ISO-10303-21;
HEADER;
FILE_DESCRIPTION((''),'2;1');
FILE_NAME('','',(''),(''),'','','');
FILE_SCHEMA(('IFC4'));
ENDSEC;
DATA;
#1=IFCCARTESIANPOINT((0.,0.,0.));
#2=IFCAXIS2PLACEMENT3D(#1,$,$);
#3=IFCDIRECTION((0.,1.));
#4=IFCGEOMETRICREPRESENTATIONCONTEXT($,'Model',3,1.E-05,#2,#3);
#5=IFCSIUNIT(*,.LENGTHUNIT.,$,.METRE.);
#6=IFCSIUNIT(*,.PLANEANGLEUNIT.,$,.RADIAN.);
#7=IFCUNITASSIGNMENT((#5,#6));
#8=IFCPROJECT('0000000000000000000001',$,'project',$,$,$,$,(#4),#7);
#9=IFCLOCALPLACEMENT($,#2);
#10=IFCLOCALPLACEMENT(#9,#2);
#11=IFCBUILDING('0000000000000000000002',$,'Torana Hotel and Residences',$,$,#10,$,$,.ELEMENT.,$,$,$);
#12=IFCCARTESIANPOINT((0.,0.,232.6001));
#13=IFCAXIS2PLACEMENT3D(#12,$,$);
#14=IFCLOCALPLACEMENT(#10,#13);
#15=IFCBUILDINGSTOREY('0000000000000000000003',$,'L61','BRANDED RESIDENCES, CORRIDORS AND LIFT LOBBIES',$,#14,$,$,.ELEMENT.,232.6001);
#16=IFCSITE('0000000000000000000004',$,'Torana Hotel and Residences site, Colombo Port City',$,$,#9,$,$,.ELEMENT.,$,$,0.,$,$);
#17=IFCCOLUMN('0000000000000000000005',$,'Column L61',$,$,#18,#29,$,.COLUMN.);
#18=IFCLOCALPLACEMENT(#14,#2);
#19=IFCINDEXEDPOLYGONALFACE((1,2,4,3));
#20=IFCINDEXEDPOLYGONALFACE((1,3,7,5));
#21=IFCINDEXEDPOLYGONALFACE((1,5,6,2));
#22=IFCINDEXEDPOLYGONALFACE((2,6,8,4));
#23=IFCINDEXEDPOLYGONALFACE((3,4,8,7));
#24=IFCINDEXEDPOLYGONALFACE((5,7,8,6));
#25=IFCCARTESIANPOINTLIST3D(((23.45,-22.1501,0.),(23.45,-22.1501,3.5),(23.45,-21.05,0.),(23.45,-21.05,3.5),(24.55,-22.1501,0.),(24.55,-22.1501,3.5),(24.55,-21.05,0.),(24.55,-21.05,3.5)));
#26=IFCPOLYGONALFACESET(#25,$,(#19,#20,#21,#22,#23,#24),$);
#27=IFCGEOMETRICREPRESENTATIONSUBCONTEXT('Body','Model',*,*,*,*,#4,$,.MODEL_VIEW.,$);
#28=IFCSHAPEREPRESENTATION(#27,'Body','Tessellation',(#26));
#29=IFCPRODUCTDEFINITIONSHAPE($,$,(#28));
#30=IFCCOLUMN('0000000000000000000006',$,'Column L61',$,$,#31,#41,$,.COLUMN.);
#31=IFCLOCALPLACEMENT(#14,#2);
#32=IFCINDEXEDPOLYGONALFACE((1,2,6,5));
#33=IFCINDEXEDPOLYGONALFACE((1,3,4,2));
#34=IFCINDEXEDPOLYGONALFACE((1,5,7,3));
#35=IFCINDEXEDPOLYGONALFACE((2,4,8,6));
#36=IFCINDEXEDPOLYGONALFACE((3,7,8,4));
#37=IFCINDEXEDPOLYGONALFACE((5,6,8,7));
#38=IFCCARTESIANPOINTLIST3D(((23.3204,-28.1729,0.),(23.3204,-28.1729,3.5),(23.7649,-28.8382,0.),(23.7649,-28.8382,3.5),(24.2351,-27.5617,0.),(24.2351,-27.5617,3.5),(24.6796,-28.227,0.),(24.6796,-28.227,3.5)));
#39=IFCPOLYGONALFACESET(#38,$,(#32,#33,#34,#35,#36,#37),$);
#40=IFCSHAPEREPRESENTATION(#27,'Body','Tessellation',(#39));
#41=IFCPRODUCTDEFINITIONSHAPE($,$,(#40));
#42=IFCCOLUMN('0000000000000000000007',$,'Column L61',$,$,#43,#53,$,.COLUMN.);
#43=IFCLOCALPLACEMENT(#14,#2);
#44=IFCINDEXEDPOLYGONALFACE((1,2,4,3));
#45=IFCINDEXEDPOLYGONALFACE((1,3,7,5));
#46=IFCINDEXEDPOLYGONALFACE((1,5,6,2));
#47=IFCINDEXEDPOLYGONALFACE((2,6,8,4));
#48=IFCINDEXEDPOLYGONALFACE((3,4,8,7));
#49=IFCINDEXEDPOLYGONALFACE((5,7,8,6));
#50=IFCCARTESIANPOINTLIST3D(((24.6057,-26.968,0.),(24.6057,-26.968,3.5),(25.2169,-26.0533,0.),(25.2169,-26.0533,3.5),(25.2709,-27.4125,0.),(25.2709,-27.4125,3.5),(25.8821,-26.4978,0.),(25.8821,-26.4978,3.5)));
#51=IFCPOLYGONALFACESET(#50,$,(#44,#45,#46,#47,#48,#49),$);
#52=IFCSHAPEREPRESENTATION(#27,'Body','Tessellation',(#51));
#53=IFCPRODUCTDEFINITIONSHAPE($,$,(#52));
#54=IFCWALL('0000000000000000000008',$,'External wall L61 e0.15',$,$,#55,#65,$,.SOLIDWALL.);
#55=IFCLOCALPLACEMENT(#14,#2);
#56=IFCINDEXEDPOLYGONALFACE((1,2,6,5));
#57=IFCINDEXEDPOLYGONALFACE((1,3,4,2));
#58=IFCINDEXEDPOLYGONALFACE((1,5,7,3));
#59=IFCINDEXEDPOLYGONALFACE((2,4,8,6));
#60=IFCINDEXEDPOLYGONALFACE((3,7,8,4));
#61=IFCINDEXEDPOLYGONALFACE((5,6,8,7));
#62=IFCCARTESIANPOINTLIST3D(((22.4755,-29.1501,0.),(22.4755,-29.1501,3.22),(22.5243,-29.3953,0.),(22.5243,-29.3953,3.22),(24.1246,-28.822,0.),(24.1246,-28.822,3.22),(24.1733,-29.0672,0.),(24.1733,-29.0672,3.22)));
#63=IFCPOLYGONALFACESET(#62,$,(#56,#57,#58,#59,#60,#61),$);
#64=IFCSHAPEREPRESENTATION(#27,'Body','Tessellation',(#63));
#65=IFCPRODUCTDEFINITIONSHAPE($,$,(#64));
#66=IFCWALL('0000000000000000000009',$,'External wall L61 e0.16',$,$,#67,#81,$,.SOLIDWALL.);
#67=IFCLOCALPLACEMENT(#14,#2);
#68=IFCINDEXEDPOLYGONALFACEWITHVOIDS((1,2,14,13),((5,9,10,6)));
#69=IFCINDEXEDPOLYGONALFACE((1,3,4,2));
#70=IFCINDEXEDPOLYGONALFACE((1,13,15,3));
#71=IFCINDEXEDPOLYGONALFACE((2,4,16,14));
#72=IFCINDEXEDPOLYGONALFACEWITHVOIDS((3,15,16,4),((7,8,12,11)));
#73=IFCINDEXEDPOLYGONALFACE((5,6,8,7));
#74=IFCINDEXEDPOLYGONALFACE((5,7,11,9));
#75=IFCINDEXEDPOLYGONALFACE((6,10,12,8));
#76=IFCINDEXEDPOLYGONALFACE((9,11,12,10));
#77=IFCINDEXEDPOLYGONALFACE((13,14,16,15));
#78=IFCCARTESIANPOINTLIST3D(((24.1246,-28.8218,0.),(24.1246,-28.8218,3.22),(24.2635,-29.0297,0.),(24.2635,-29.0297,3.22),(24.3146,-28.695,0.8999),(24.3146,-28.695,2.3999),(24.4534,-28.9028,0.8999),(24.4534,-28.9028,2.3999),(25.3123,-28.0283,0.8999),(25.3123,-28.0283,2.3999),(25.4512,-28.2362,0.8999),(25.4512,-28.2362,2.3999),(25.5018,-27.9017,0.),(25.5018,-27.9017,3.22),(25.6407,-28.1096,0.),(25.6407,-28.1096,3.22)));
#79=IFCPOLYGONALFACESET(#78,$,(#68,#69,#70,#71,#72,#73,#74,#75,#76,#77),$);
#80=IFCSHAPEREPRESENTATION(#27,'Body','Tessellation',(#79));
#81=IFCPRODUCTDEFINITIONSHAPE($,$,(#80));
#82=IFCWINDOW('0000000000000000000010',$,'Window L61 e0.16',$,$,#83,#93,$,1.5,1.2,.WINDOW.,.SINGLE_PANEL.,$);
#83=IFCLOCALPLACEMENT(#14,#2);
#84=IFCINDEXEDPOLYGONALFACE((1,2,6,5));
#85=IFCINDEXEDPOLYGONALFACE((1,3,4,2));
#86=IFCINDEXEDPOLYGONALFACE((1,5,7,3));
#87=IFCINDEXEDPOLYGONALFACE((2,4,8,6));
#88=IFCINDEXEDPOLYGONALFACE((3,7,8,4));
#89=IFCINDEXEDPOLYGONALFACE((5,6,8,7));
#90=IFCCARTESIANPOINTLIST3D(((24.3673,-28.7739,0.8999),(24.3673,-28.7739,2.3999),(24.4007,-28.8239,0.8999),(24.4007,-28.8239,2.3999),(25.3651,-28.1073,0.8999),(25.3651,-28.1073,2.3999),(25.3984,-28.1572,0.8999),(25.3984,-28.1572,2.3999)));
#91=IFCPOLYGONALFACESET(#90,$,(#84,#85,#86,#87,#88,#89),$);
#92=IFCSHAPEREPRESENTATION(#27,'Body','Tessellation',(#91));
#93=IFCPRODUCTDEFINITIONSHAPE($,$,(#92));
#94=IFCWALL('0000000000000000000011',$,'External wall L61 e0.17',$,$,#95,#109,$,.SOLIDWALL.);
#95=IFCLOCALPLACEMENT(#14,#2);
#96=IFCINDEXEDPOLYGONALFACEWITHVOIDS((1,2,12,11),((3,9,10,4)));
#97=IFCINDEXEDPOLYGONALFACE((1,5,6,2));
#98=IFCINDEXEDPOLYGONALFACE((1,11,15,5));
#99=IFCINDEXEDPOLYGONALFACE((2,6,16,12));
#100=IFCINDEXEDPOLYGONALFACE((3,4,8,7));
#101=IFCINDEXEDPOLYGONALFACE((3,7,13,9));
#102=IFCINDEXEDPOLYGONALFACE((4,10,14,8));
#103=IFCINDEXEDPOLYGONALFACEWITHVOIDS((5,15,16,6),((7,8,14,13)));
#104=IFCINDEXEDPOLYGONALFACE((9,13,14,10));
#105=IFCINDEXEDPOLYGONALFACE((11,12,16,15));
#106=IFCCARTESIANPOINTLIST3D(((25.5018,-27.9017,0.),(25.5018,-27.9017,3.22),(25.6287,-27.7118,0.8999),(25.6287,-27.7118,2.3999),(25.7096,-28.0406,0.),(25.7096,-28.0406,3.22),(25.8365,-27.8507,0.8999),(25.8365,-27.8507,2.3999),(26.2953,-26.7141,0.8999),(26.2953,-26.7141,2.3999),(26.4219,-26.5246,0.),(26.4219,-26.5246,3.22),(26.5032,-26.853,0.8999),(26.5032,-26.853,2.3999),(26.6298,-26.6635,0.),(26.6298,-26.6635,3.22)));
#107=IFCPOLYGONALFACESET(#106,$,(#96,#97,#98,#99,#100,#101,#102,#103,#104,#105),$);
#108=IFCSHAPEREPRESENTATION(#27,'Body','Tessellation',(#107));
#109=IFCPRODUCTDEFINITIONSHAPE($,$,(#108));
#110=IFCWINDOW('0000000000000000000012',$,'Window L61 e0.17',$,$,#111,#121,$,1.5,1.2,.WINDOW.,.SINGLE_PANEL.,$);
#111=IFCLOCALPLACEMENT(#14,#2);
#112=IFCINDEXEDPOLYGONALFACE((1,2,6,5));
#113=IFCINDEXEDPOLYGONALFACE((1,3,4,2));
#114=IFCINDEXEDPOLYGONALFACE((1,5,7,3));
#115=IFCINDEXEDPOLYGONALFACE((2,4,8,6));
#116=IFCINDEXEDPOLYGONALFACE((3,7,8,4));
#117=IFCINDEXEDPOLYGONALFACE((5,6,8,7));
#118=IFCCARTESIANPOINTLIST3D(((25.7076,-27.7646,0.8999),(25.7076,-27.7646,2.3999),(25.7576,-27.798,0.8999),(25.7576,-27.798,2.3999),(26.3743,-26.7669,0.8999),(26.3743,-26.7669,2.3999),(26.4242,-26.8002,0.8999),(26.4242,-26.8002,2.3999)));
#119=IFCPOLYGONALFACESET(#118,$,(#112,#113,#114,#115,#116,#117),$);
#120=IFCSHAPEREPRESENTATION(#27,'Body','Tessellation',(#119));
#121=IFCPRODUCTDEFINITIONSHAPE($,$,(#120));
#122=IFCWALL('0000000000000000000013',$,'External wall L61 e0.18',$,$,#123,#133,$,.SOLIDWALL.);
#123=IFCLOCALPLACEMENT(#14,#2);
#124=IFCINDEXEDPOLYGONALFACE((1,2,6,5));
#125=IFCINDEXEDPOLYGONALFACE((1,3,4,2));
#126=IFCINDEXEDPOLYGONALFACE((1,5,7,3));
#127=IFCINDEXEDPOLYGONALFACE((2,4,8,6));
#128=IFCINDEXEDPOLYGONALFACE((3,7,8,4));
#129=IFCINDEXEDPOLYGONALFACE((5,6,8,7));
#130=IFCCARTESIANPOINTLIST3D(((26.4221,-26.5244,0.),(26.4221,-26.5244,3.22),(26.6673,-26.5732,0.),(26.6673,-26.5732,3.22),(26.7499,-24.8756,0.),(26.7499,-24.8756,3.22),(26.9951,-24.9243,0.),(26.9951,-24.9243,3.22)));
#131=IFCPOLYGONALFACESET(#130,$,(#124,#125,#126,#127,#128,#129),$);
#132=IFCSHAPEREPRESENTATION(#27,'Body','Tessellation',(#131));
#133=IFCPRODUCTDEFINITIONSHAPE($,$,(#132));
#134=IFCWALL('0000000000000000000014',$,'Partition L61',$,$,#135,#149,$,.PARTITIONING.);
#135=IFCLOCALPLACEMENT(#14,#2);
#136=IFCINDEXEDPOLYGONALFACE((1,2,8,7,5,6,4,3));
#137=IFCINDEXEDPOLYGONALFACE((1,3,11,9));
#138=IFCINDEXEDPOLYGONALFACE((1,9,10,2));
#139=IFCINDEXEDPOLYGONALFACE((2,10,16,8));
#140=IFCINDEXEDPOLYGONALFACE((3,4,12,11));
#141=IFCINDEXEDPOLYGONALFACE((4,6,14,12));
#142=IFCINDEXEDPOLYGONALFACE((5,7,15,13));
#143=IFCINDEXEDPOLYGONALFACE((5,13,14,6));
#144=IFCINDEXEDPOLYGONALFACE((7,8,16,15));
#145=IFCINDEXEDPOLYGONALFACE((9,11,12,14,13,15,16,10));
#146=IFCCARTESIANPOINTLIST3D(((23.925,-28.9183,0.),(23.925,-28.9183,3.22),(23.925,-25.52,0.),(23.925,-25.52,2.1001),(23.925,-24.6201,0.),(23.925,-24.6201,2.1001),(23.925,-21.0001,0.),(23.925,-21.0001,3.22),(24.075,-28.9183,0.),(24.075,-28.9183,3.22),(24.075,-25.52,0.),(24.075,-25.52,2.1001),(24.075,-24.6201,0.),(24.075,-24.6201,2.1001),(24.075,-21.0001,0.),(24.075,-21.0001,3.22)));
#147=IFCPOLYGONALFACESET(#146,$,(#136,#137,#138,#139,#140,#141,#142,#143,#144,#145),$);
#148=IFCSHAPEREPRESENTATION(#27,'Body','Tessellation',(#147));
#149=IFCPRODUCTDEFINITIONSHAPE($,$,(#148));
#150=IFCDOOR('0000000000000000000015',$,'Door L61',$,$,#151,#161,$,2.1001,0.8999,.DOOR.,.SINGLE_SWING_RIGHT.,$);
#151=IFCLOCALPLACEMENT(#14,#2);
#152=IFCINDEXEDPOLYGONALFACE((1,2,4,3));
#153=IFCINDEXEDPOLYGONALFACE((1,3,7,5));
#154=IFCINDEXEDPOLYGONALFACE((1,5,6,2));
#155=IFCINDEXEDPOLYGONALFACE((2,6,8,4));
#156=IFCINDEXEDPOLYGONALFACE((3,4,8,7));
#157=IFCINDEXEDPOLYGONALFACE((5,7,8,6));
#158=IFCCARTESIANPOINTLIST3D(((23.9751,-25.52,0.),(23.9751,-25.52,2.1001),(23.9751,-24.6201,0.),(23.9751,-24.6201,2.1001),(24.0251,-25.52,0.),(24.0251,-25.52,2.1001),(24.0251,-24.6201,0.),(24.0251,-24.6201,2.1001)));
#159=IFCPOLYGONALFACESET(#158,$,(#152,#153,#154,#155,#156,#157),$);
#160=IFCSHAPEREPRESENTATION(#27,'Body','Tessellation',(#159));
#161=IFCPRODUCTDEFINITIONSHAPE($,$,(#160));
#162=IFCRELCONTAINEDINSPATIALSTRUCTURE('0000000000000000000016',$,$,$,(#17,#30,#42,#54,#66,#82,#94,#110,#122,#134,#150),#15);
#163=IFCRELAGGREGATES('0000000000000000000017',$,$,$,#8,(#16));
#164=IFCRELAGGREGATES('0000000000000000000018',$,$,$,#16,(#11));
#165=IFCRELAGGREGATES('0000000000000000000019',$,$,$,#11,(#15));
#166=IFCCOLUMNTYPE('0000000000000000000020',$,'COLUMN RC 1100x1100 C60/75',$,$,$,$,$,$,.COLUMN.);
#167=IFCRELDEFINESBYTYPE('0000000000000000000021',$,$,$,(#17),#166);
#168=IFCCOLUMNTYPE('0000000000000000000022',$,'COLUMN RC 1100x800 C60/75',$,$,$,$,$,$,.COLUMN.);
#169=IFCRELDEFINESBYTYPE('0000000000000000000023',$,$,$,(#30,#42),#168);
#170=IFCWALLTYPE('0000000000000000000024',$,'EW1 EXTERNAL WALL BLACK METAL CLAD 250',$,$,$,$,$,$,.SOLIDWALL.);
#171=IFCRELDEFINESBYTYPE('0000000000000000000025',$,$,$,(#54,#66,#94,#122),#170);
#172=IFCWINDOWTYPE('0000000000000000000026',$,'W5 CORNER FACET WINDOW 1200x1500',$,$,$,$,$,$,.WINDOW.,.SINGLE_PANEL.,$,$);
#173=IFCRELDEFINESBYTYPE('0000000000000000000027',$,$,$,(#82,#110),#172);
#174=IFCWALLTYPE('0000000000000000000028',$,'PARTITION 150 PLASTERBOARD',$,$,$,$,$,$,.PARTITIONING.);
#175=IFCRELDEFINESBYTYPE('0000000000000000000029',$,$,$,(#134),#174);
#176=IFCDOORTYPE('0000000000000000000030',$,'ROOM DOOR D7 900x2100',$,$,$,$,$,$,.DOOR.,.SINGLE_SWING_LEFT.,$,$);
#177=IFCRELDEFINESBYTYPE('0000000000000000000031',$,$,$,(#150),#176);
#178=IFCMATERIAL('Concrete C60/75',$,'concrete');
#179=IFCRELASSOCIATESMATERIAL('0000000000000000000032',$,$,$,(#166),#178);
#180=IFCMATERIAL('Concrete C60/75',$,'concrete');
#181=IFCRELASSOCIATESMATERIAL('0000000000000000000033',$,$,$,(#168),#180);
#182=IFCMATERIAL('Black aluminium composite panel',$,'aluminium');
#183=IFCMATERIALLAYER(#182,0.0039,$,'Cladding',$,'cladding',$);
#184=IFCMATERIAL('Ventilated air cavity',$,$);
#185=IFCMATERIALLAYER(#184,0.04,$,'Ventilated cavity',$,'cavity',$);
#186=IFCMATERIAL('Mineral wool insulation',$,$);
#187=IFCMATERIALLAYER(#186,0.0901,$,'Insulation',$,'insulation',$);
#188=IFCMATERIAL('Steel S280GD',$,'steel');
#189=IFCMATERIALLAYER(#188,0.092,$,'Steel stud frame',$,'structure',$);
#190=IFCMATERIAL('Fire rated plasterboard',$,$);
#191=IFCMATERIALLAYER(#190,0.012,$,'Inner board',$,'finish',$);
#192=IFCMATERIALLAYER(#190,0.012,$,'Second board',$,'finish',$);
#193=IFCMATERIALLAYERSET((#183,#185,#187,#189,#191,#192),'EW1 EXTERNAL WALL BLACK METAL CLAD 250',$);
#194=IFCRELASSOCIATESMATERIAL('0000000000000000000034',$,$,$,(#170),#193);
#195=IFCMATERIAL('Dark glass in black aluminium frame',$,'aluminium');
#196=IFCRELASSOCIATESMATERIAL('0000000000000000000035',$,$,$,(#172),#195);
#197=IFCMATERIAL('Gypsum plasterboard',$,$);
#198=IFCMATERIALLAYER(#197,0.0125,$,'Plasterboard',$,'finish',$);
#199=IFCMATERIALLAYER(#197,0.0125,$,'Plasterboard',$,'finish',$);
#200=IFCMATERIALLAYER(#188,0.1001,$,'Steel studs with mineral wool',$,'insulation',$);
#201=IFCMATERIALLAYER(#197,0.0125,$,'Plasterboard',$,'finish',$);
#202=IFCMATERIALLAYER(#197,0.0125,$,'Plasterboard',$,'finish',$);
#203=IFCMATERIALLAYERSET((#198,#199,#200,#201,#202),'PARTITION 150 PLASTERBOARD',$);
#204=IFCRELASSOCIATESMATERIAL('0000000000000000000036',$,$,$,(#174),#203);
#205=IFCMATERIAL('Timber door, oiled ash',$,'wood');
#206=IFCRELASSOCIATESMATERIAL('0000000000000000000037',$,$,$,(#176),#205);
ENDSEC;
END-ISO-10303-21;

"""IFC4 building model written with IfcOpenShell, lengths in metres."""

from ifc_helpers import new_model, si_unit, direction, frame, frame_2d, origin, origin_2d, place, context, subcontext, project, spatial, rectangle, extrude, material, layer, layer_set, material_profile, profile_set, type_object, element, fill, save


model = new_model("IFC4")

# Units and contexts
model_context = context("Model", 3, precision=1e-05, world=origin(), true_north=direction((0.0, 1.0)))
body_context = subcontext(model_context, "Body", "Model", "MODEL_VIEW")
ifc_project = project(units=[si_unit("LENGTHUNIT", "METRE"), si_unit("PLANEANGLEUNIT", "RADIAN")], contexts=[model_context])

# Site, building, storey
site_placement = place(None, origin())
site = spatial("IfcSite", under=ifc_project, at=site_placement, Name="Torana Hotel and Residences site, Colombo Port City", CompositionType="ELEMENT", RefElevation=0.0)
building_placement = place(site_placement, origin())
building = spatial("IfcBuilding", under=site, at=building_placement, Name="Torana Hotel and Residences", CompositionType="ELEMENT")
storey_placement = place(building_placement, frame((0.0, 0.0, 232.6001)))
storey = spatial("IfcBuildingStorey", under=building, at=storey_placement, Name="L61", Description="BRANDED RESIDENCES, CORRIDORS AND LIFT LOBBIES", CompositionType="ELEMENT", Elevation=232.6001)

# Columns
ifc_material_1 = material(Name="Concrete C60/75", Category="concrete")
ifc_material_profile_1 = material_profile(ifc_material_1, rectangle(XDim=1.1001, YDim=1.1001, at=origin_2d()), Name="RC 1100x1100")
ifc_profile_set_1 = profile_set([ifc_material_profile_1], Name="Concrete C60/75")
column_type_1 = type_object("IfcColumnType", Name="COLUMN RC 1100x1100 C60/75", PredefinedType="COLUMN", material=ifc_profile_set_1)
column_placement = place(storey_placement, frame((24.0, -21.6001, 0.0), z_axis=(0.0, 0.0, 1.0), x_axis=(1.0, 0.0, 0.0)))
element("IfcColumn", 1, at=column_placement, inside=storey, type_object=column_type_1, Name="Column L61", PredefinedType="COLUMN", context=body_context, shape_type="SweptSolid", body=[
    extrude(rectangle(XDim=1.1001, YDim=1.1001, at=origin_2d()), origin(), (0.0, 0.0, 1.0), 3.5),
])
ifc_material_2 = material(Name="Concrete C60/75", Category="concrete")
ifc_material_profile_2 = material_profile(ifc_material_2, rectangle(XDim=1.1001, YDim=0.8, at=origin_2d()), Name="RC 1100x800")
ifc_profile_set_2 = profile_set([ifc_material_profile_2], Name="Concrete C60/75")
column_type_2 = type_object("IfcColumnType", Name="COLUMN RC 1100x800 C60/75", PredefinedType="COLUMN", material=ifc_profile_set_2)
for number, where, z_axis, x_axis, name in (
    (2, (24.0, -28.2, 0.0), (0.0, 0.0, 1.0), (0.83146, 0.555585, 0.0), "Column L61"),
    (3, (25.2439, -26.7329, 0.0), (0.0, 0.0, 1.0), (0.555585, 0.83146, 0.0), "Column L61"),
):
    element("IfcColumn", number, at=place(storey_placement, frame(where, z_axis=z_axis, x_axis=x_axis)), inside=storey, type_object=column_type_2, Name=name, PredefinedType="COLUMN", context=body_context, shape_type="SweptSolid", body=[
        extrude(rectangle(XDim=1.1001, YDim=0.8, at=origin_2d()), origin(), (0.0, 0.0, 1.0), 3.5),
    ])

# Wall
ifc_material_3 = material(Name="Black aluminium composite panel", Category="aluminium")
ifc_layer_1 = layer(ifc_material_3, 0.0039, Name="Cladding", Category="cladding")
ifc_material_4 = material(Name="Ventilated air cavity")
ifc_layer_2 = layer(ifc_material_4, 0.04, Name="Ventilated cavity", Category="cavity")
ifc_material_5 = material(Name="Mineral wool insulation")
ifc_layer_3 = layer(ifc_material_5, 0.0901, Name="Insulation", Category="insulation")
ifc_material_6 = material(Name="Steel S280GD", Category="steel")
ifc_layer_4 = layer(ifc_material_6, 0.092, Name="Steel stud frame", Category="structure")
ifc_material_7 = material(Name="Fire rated plasterboard")
ifc_layer_5 = layer(ifc_material_7, 0.012, Name="Inner board", Category="finish")
ifc_layer_6 = layer(ifc_material_7, 0.012, Name="Second board", Category="finish")
ifc_layer_set_1 = layer_set([ifc_layer_1, ifc_layer_2, ifc_layer_3, ifc_layer_4, ifc_layer_5, ifc_layer_6], Name="EW1 EXTERNAL WALL BLACK METAL CLAD 250")
wall_type_1 = type_object("IfcWallType", Name="EW1 EXTERNAL WALL BLACK METAL CLAD 250", PredefinedType="SOLIDWALL", material=ifc_layer_set_1)
wall_1_placement = place(storey_placement, frame((22.4998, -29.2727, 0.0), z_axis=(0.0, 0.0, 1.0), x_axis=(0.980776, 0.195139, 0.0)))
element("IfcWall", 4, at=wall_1_placement, inside=storey, type_object=wall_type_1, Name="External wall L61 e0.15", PredefinedType="SOLIDWALL", context=body_context, shape_type="SweptSolid", body=[
    extrude(rectangle(XDim=1.6814, YDim=0.25, at=frame_2d((0.8408, 0.0))), origin(), (0.0, 0.0, 1.0), 3.22),
])

# Walls, openings, windows
wall_2_placement = place(storey_placement, frame((24.1941, -28.9258, 0.0), z_axis=(0.0, 0.0, 1.0), x_axis=(0.831483, 0.55555, 0.0)))
wall_2 = element("IfcWall", 5, at=wall_2_placement, inside=storey, type_object=wall_type_1, Name="External wall L61 e0.16", PredefinedType="SOLIDWALL", context=body_context, shape_type="SweptSolid", body=[
    extrude(rectangle(XDim=1.6562, YDim=0.25, at=frame_2d((0.8281, 0.0))), origin(), (0.0, 0.0, 1.0), 3.22),
])
opening_1_placement = place(wall_2_placement, frame((0.2283, 0.0, 0.8999)))
opening_1 = element("IfcOpeningElement", 6, at=opening_1_placement, cuts=wall_2, PredefinedType="OPENING", context=body_context, shape_type="SweptSolid", body=[
    extrude(rectangle(XDim=1.2, YDim=1.5, at=frame_2d((0.6001, 0.75))), frame((0.0, 0.135, 0.0), z_axis=(0.0, -1.0, 0.0), x_axis=(1.0, 0.0, 0.0)), (0.0, 0.0, 1.0), 0.27),
])
ifc_material_8 = material(Name="Dark glass in black aluminium frame", Category="aluminium")
window_type = type_object("IfcWindowType", Name="W5 CORNER FACET WINDOW 1200x1500", PartitioningType="SINGLE_PANEL", PredefinedType="WINDOW", material=ifc_material_8)
window_1_placement = place(opening_1_placement, origin())
window_1 = element("IfcWindow", 7, at=window_1_placement, inside=storey, type_object=window_type, Name="Window L61 e0.16", OverallHeight=1.5, OverallWidth=1.2, PartitioningType="SINGLE_PANEL", PredefinedType="WINDOW", context=body_context, shape_type="SweptSolid", body=[
    extrude(rectangle(XDim=1.2, YDim=1.5, at=frame_2d((0.6001, 0.75))), frame((0.0, 0.03, 0.0), z_axis=(0.0, -1.0, 0.0), x_axis=(1.0, 0.0, 0.0)), (0.0, 0.0, 1.0), 0.0601),
])
fill(opening_1, window_1)
wall_3_placement = place(storey_placement, frame((25.6057, -27.9712, 0.0), z_axis=(0.0, 0.0, 1.0), x_axis=(0.55555, 0.831483, 0.0)))
wall_3 = element("IfcWall", 8, at=wall_3_placement, inside=storey, type_object=wall_type_1, Name="External wall L61 e0.17", PredefinedType="SOLIDWALL", context=body_context, shape_type="SweptSolid", body=[
    extrude(rectangle(XDim=1.6562, YDim=0.25, at=frame_2d((0.8281, 0.0))), origin(), (0.0, 0.0, 1.0), 3.22),
])
opening_2_placement = place(wall_3_placement, frame((0.2283, 0.0, 0.8999)))
opening_2 = element("IfcOpeningElement", 9, at=opening_2_placement, cuts=wall_3, PredefinedType="OPENING", context=body_context, shape_type="SweptSolid", body=[
    extrude(rectangle(XDim=1.2, YDim=1.5, at=frame_2d((0.6001, 0.75))), frame((0.0, 0.135, 0.0), z_axis=(0.0, -1.0, 0.0), x_axis=(1.0, 0.0, 0.0)), (0.0, 0.0, 1.0), 0.27),
])
window_2_placement = place(opening_2_placement, origin())
window_2 = element("IfcWindow", 10, at=window_2_placement, inside=storey, type_object=window_type, Name="Window L61 e0.17", OverallHeight=1.5, OverallWidth=1.2, PartitioningType="SINGLE_PANEL", PredefinedType="WINDOW", context=body_context, shape_type="SweptSolid", body=[
    extrude(rectangle(XDim=1.2, YDim=1.5, at=frame_2d((0.6001, 0.75))), frame((0.0, 0.03, 0.0), z_axis=(0.0, -1.0, 0.0), x_axis=(1.0, 0.0, 0.0)), (0.0, 0.0, 1.0), 0.0601),
])
fill(opening_2, window_2)

# Wall
wall_4_placement = place(storey_placement, frame((26.5447, -26.5488, 0.0), z_axis=(0.0, 0.0, 1.0), x_axis=(0.195027, 0.980798, 0.0)))
element("IfcWall", 11, at=wall_4_placement, inside=storey, type_object=wall_type_1, Name="External wall L61 e0.18", PredefinedType="SOLIDWALL", context=body_context, shape_type="SweptSolid", body=[
    extrude(rectangle(XDim=1.6812, YDim=0.25, at=frame_2d((0.8406, 0.0))), origin(), (0.0, 0.0, 1.0), 3.22),
])

# Wall, opening, door
ifc_material_9 = material(Name="Gypsum plasterboard")
ifc_layer_7 = layer(ifc_material_9, 0.0125, Name="Plasterboard", Category="finish")
ifc_layer_8 = layer(ifc_material_9, 0.0125, Name="Plasterboard", Category="finish")
ifc_layer_9 = layer(ifc_material_6, 0.1001, Name="Steel studs with mineral wool", Category="insulation")
ifc_layer_10 = layer(ifc_material_9, 0.0125, Name="Plasterboard", Category="finish")
ifc_layer_11 = layer(ifc_material_9, 0.0125, Name="Plasterboard", Category="finish")
ifc_layer_set_2 = layer_set([ifc_layer_7, ifc_layer_8, ifc_layer_9, ifc_layer_10, ifc_layer_11], Name="PARTITION 150 PLASTERBOARD")
wall_type_2 = type_object("IfcWallType", Name="PARTITION 150 PLASTERBOARD", PredefinedType="PARTITIONING", material=ifc_layer_set_2)
wall_5_placement = place(storey_placement, frame((24.0, -28.9182, 0.0), z_axis=(0.0, 0.0, 1.0), x_axis=(0.0, 1.0, 0.0)))
wall_5 = element("IfcWall", 12, at=wall_5_placement, inside=storey, type_object=wall_type_2, Name="Partition L61", PredefinedType="PARTITIONING", context=body_context, shape_type="SweptSolid", body=[
    extrude(rectangle(XDim=7.9182, YDim=0.1499, at=frame_2d((3.959, 0.0))), origin(), (0.0, 0.0, 1.0), 3.22),
])
opening_3_placement = place(wall_5_placement, frame((3.3982, 0.0, 0.0)))
opening_3 = element("IfcOpeningElement", 13, at=opening_3_placement, cuts=wall_5, PredefinedType="OPENING", context=body_context, shape_type="SweptSolid", body=[
    extrude(rectangle(XDim=0.8999, YDim=2.1001, at=frame_2d((0.45, 1.05))), frame((0.0, 0.085, 0.0), z_axis=(0.0, -1.0, 0.0), x_axis=(1.0, 0.0, 0.0)), (0.0, 0.0, 1.0), 0.1699),
])
ifc_material_10 = material(Name="Timber door, oiled ash", Category="wood")
door_type_1 = type_object("IfcDoorType", Name="ROOM DOOR D7 900x2100", OperationType="SINGLE_SWING_LEFT", PredefinedType="DOOR", material=ifc_material_10)
door_1_placement = place(opening_3_placement, origin())
door_1 = element("IfcDoor", 14, at=door_1_placement, inside=storey, type_object=door_type_1, Name="Door L61", OperationType="SINGLE_SWING_RIGHT", OverallHeight=2.1001, OverallWidth=0.8999, PredefinedType="DOOR", context=body_context, shape_type="SweptSolid", body=[
    extrude(rectangle(XDim=0.8999, YDim=2.1001, at=frame_2d((0.45, 1.05))), frame((0.0, 0.0249, 0.0), z_axis=(0.0, -1.0, 0.0), x_axis=(1.0, 0.0, 0.0)), (0.0, 0.0, 1.0), 0.05),
])
fill(opening_3, door_1)

save(model, "model.ifc")
